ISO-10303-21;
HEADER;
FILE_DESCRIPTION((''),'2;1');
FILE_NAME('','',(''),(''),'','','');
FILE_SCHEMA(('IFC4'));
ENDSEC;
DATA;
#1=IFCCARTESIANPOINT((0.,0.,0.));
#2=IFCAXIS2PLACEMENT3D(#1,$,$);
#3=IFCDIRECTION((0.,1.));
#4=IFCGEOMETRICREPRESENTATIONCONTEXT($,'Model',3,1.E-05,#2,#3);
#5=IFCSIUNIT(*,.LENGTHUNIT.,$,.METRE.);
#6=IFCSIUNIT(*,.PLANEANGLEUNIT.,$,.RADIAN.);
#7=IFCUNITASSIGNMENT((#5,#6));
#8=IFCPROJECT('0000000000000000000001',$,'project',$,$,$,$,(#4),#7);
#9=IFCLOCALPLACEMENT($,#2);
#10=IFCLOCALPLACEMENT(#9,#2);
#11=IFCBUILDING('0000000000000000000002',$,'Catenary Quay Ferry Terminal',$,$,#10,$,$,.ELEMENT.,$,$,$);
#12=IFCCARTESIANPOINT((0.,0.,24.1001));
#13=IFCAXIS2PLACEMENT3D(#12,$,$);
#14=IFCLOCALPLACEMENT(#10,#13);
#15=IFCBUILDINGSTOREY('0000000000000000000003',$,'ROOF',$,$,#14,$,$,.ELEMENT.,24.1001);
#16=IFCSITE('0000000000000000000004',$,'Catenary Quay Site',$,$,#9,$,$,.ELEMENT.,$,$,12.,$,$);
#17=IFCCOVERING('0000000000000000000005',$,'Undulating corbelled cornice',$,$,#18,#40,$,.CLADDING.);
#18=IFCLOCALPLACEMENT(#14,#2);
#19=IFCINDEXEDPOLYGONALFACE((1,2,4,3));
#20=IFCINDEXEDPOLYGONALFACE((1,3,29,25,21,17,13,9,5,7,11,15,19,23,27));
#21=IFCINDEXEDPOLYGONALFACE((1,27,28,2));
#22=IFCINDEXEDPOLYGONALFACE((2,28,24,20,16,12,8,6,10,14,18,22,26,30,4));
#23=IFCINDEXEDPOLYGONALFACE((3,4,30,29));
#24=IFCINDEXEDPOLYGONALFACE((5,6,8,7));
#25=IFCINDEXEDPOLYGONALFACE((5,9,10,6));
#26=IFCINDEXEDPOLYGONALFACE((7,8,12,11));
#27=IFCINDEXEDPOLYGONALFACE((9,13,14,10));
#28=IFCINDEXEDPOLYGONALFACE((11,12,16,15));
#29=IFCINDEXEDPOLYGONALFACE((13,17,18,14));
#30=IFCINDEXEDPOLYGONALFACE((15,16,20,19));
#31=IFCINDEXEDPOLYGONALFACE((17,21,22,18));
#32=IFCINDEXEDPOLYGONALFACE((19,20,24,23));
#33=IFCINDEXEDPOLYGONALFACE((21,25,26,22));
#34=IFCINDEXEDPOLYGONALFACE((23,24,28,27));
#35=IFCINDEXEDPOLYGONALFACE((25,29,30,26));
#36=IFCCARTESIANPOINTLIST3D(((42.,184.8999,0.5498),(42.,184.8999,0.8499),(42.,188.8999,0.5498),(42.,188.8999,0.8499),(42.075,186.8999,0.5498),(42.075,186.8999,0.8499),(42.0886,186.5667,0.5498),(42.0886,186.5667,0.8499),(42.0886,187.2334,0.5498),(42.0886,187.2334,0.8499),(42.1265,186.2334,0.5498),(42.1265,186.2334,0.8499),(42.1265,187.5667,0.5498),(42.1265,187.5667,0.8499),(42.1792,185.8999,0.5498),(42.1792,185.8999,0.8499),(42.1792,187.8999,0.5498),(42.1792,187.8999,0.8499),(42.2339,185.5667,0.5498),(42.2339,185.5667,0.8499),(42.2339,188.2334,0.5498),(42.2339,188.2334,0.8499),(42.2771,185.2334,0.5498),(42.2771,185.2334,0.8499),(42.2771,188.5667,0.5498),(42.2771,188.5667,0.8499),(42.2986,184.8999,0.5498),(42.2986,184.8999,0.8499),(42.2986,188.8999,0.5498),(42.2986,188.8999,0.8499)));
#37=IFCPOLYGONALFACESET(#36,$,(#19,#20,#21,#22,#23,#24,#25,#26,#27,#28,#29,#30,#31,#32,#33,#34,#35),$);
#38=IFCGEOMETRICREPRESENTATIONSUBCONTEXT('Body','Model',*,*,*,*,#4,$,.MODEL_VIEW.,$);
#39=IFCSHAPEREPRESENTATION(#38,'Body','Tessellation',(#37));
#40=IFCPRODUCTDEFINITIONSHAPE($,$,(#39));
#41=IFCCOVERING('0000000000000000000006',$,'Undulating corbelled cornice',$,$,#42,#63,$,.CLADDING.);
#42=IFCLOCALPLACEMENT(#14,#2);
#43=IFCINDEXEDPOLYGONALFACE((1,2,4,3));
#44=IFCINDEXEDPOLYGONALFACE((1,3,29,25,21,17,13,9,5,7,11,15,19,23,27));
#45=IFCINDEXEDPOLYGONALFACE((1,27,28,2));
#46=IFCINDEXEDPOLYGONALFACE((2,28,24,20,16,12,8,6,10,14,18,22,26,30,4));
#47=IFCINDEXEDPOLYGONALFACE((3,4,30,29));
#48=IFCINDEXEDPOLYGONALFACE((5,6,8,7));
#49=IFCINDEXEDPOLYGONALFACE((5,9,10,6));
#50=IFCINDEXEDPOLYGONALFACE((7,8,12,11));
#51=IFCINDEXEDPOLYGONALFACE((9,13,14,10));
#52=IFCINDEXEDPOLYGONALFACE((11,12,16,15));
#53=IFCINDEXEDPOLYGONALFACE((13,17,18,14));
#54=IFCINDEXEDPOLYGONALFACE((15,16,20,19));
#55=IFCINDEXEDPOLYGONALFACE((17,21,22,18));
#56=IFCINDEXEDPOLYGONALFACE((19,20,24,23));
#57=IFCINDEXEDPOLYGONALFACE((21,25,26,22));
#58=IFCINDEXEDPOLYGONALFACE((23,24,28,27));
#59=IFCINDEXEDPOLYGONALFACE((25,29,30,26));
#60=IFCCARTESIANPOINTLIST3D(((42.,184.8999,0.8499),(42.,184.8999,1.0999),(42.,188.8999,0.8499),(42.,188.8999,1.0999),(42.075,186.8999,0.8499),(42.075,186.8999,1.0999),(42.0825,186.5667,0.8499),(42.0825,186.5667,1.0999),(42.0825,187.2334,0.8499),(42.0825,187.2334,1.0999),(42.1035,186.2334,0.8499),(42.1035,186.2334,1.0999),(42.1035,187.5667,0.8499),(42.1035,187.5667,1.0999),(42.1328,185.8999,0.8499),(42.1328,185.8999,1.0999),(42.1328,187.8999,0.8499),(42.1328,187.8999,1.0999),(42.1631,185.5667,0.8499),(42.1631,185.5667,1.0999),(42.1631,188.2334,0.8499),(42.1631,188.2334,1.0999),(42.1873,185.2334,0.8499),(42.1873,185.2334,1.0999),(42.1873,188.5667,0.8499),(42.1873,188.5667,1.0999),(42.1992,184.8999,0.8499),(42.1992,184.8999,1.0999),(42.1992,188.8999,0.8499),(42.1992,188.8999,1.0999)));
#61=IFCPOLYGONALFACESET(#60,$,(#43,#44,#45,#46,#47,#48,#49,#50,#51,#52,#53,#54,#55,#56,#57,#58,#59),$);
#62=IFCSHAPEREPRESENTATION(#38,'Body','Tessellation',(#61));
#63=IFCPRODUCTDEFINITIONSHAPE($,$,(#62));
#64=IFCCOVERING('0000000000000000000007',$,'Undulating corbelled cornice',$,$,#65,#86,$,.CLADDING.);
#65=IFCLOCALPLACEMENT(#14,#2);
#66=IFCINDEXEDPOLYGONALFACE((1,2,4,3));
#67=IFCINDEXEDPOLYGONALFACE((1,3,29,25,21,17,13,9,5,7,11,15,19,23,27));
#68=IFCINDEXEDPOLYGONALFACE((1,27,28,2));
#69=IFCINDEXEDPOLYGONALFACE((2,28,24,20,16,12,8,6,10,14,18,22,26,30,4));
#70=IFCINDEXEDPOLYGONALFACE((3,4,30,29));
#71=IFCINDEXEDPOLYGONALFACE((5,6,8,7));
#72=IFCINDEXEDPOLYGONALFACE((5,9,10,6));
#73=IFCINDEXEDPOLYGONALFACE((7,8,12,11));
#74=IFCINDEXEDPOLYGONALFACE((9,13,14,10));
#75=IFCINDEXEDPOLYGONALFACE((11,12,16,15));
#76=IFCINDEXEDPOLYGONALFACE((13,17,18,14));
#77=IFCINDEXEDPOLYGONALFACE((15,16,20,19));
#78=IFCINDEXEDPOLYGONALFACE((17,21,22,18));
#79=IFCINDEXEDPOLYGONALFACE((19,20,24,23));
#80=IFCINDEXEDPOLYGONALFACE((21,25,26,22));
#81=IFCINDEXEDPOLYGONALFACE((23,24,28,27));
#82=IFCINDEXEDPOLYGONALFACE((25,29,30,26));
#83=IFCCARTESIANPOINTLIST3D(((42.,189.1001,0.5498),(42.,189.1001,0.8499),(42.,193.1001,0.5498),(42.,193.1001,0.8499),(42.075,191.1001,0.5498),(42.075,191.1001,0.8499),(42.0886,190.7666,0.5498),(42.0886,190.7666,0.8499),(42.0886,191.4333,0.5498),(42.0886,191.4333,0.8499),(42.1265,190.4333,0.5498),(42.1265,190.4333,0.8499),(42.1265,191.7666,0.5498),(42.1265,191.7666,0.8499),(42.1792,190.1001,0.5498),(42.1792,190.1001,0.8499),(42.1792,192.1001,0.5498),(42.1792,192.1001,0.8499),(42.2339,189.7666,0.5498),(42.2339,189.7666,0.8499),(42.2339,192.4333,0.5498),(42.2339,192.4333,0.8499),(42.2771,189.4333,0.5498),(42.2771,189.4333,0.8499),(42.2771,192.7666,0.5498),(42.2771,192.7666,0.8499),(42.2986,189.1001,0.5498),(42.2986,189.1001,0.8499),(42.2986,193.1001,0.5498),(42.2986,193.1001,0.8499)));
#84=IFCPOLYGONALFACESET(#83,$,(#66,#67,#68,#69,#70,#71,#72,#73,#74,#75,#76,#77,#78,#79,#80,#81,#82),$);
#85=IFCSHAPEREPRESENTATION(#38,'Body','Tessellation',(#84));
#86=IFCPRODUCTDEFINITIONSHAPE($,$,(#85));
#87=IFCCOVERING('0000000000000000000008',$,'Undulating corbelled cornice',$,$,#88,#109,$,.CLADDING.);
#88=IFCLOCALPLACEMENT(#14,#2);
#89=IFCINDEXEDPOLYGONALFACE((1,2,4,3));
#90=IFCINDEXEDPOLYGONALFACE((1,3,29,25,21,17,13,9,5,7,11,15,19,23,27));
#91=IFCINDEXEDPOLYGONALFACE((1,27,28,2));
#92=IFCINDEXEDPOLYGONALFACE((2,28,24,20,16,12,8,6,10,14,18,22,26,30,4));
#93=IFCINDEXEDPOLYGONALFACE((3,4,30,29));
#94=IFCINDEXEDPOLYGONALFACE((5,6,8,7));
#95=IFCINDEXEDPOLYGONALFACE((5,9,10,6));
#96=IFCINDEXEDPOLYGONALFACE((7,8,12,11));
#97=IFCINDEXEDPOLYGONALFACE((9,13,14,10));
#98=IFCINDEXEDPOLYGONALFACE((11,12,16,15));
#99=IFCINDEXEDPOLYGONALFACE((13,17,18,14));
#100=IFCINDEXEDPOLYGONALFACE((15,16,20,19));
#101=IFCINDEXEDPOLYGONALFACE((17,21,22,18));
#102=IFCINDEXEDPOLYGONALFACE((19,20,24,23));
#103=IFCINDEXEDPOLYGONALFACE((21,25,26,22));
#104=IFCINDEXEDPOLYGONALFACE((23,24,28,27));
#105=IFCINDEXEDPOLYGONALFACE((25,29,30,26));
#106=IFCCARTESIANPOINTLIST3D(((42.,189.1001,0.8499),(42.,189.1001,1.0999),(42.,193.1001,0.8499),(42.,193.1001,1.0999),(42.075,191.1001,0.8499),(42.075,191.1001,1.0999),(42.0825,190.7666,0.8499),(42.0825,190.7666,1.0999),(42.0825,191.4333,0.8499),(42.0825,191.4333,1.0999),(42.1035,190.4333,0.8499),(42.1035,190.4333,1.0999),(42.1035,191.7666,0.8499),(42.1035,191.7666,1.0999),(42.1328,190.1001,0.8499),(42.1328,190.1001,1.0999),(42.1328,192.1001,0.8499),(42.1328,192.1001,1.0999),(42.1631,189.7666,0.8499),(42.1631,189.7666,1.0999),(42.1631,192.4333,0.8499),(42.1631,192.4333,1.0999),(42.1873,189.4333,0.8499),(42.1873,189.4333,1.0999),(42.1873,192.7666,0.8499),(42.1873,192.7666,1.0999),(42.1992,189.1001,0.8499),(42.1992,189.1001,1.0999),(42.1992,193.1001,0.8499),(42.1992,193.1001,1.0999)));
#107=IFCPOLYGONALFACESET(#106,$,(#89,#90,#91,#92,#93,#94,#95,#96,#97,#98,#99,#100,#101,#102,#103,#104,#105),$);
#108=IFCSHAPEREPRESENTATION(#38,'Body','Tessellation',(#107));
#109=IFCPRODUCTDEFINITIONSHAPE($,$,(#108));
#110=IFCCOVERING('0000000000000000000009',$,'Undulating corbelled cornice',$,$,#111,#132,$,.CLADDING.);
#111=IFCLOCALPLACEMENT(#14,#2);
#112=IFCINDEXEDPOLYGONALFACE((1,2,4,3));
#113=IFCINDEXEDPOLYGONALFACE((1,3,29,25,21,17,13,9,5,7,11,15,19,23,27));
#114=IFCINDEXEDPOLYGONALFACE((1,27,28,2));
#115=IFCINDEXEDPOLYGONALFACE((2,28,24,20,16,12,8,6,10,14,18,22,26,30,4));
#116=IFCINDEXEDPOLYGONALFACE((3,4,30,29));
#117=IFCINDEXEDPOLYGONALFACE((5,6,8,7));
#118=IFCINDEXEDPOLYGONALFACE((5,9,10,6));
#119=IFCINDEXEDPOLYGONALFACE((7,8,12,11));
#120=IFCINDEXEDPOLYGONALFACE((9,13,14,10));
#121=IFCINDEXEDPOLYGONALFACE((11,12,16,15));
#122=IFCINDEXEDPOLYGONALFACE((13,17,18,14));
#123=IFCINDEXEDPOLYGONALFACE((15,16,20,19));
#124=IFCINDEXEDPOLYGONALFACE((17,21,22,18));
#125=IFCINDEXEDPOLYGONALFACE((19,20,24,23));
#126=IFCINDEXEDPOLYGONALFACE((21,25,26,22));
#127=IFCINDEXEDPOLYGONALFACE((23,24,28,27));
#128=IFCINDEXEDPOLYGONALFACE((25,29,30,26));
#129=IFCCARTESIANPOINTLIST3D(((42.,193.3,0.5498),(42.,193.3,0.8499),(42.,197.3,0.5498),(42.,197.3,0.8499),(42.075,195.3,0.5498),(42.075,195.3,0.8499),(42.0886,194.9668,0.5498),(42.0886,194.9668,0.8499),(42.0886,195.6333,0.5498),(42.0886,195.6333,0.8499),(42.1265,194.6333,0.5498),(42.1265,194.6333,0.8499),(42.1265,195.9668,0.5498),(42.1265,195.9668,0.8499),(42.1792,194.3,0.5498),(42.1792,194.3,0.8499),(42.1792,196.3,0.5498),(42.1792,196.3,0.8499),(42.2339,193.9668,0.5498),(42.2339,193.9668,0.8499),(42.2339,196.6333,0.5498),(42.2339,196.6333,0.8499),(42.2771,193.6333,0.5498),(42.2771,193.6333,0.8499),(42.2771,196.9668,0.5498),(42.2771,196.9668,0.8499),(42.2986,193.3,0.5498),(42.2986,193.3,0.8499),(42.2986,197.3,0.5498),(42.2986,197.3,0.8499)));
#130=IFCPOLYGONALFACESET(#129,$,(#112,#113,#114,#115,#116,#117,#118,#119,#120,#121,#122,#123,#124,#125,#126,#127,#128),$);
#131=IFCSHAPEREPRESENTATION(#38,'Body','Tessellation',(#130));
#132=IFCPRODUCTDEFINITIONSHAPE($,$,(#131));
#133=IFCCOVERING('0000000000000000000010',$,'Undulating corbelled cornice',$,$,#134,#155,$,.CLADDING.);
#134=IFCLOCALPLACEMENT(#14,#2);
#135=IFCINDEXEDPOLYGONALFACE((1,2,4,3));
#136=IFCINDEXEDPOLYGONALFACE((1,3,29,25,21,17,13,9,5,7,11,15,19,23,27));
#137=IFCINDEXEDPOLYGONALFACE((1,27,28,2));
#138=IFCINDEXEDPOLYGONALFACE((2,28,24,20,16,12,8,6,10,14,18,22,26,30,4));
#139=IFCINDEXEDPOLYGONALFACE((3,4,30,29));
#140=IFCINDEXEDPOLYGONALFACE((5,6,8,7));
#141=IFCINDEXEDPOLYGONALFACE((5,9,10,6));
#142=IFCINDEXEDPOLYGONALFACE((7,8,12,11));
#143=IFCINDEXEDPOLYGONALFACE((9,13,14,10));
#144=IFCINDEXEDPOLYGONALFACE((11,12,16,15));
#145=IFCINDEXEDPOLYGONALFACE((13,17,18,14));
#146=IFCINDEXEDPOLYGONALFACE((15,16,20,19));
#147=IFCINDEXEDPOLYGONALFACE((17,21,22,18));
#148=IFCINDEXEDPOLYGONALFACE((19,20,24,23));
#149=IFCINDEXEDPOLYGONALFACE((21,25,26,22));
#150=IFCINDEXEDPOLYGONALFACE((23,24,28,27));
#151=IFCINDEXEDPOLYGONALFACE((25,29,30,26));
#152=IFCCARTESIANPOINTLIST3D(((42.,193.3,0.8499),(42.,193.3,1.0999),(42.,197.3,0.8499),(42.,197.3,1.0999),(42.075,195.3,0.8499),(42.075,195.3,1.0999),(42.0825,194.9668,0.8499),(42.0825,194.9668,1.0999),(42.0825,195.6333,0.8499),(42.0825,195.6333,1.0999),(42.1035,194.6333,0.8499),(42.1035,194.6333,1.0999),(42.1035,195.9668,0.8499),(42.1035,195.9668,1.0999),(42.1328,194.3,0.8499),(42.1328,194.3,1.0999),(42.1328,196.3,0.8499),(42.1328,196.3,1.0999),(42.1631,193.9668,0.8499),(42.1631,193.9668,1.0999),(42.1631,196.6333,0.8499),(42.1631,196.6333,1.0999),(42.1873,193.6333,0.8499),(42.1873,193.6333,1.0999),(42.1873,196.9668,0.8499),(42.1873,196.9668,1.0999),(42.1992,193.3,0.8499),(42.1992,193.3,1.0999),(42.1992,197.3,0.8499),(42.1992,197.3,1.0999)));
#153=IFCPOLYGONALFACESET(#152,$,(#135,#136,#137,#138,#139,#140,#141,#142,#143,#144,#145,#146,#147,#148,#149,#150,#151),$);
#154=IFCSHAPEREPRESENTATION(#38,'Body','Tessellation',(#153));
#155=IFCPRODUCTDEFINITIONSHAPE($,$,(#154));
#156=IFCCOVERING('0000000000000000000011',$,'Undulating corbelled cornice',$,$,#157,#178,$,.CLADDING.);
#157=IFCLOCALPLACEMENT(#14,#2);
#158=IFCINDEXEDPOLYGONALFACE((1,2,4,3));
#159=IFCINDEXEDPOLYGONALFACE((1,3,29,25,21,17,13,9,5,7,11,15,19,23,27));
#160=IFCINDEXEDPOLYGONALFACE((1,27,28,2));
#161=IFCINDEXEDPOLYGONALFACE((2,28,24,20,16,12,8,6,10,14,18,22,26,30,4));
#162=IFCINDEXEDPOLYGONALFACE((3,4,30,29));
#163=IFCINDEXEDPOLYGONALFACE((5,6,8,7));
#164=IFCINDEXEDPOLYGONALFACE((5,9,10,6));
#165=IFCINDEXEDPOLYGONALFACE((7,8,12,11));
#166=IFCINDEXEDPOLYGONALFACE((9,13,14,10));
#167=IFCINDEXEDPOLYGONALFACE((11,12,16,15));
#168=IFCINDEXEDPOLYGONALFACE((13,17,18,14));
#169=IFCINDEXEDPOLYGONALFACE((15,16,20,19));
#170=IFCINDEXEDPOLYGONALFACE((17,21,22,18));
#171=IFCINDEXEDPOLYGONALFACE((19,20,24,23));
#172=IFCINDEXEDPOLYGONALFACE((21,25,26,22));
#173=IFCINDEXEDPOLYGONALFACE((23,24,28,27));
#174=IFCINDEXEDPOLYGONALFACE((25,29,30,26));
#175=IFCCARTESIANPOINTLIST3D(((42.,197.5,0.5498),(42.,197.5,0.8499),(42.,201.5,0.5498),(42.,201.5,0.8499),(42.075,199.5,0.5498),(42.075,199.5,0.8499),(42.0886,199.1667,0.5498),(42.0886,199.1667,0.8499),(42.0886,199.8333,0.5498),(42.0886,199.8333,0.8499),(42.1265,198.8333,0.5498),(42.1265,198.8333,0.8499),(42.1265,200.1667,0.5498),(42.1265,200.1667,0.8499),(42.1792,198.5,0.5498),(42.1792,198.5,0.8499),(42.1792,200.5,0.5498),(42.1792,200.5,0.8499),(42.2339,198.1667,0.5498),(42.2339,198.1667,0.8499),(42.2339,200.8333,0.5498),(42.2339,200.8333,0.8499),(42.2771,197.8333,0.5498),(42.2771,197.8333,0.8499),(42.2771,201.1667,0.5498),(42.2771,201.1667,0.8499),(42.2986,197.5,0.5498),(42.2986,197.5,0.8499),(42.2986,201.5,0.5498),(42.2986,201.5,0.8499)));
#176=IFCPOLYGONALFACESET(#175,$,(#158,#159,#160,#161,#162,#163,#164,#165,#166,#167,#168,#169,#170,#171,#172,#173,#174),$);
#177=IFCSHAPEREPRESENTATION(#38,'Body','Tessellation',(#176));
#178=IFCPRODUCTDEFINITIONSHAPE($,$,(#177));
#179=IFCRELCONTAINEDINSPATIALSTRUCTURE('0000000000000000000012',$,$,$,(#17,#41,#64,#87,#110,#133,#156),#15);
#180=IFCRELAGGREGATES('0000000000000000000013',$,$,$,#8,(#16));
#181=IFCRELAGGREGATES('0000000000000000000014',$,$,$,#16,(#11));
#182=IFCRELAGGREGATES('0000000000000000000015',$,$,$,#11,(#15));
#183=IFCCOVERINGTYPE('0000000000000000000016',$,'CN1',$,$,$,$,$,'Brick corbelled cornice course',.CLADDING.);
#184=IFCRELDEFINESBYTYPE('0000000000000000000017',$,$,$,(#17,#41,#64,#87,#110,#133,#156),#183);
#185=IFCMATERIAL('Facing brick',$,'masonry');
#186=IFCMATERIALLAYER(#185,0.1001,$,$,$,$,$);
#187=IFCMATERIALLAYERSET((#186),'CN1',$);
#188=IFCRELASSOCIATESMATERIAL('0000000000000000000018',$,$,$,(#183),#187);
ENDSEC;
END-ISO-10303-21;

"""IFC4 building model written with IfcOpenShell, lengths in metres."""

from ifc_helpers import new_model, si_unit, direction, frame, origin, place, context, subcontext, project, spatial, polyline, outline, extrude, material, layer, layer_set, type_object, element, save


model = new_model("IFC4")

# Units and contexts
model_context = context("Model", 3, precision=1e-05, world=origin(), true_north=direction((0.0, 1.0)))
body_context = subcontext(model_context, "Body", "Model", "MODEL_VIEW")
ifc_project = project(units=[si_unit("LENGTHUNIT", "METRE"), si_unit("PLANEANGLEUNIT", "RADIAN")], contexts=[model_context])

# Site, building, storey
site_placement = place(None, origin())
site = spatial("IfcSite", under=ifc_project, at=site_placement, Name="Catenary Quay Site", CompositionType="ELEMENT", RefElevation=12.0)
building_placement = place(site_placement, origin())
building = spatial("IfcBuilding", under=site, at=building_placement, Name="Catenary Quay Ferry Terminal", CompositionType="ELEMENT")
storey_placement = place(building_placement, frame((0.0, 0.0, 24.1001)))
storey = spatial("IfcBuildingStorey", under=building, at=storey_placement, Name="ROOF", CompositionType="ELEMENT", Elevation=24.1001)

# Coverings
ifc_material = material(Name="Facing brick", Category="masonry")
ifc_layer = layer(ifc_material, 0.1001)
ifc_layer_set = layer_set([ifc_layer], Name="CN1")
covering_type = type_object("IfcCoveringType", Name="CN1", ElementType="Brick corbelled cornice course", PredefinedType="CLADDING", material=ifc_layer_set)
covering_1_placement = place(storey_placement, frame((0.0, 0.0, 0.5498)))
element("IfcCovering", 1, at=covering_1_placement, inside=storey, type_object=covering_type, Name="Undulating corbelled cornice", PredefinedType="CLADDING", context=body_context, shape_type="SweptSolid", body=[
    extrude(outline(polyline([(42.0, 184.8999), (42.2986, 184.8999), (42.2771, 185.2334), (42.2339, 185.5667), (42.1792, 185.8999), (42.1265, 186.2334), (42.0886, 186.5667), (42.075, 186.8999), (42.0886, 187.2334), (42.1265, 187.5667), (42.1792, 187.8999), (42.2339, 188.2334), (42.2771, 188.5667), (42.2986, 188.8999), (42.0, 188.8999), (42.0, 184.8999)])), origin(), (0.0, 0.0, 1.0), 0.3),
])
covering_2_placement = place(storey_placement, frame((0.0, 0.0, 0.8499)))
element("IfcCovering", 2, at=covering_2_placement, inside=storey, type_object=covering_type, Name="Undulating corbelled cornice", PredefinedType="CLADDING", context=body_context, shape_type="SweptSolid", body=[
    extrude(outline(polyline([(42.0, 184.8999), (42.1992, 184.8999), (42.1873, 185.2334), (42.1631, 185.5667), (42.1328, 185.8999), (42.1035, 186.2334), (42.0825, 186.5667), (42.075, 186.8999), (42.0825, 187.2334), (42.1035, 187.5667), (42.1328, 187.8999), (42.1631, 188.2334), (42.1873, 188.5667), (42.1992, 188.8999), (42.0, 188.8999), (42.0, 184.8999)])), origin(), (0.0, 0.0, 1.0), 0.25),
])
covering_3_placement = place(storey_placement, frame((0.0, 0.0, 0.5498)))
element("IfcCovering", 3, at=covering_3_placement, inside=storey, type_object=covering_type, Name="Undulating corbelled cornice", PredefinedType="CLADDING", context=body_context, shape_type="SweptSolid", body=[
    extrude(outline(polyline([(42.0, 189.1001), (42.2986, 189.1001), (42.2771, 189.4333), (42.2339, 189.7666), (42.1792, 190.1001), (42.1265, 190.4333), (42.0886, 190.7666), (42.075, 191.1001), (42.0886, 191.4333), (42.1265, 191.7666), (42.1792, 192.1001), (42.2339, 192.4333), (42.2771, 192.7666), (42.2986, 193.1001), (42.0, 193.1001), (42.0, 189.1001)])), origin(), (0.0, 0.0, 1.0), 0.3),
])
covering_4_placement = place(storey_placement, frame((0.0, 0.0, 0.8499)))
element("IfcCovering", 4, at=covering_4_placement, inside=storey, type_object=covering_type, Name="Undulating corbelled cornice", PredefinedType="CLADDING", context=body_context, shape_type="SweptSolid", body=[
    extrude(outline(polyline([(42.0, 189.1001), (42.1992, 189.1001), (42.1873, 189.4333), (42.1631, 189.7666), (42.1328, 190.1001), (42.1035, 190.4333), (42.0825, 190.7666), (42.075, 191.1001), (42.0825, 191.4333), (42.1035, 191.7666), (42.1328, 192.1001), (42.1631, 192.4333), (42.1873, 192.7666), (42.1992, 193.1001), (42.0, 193.1001), (42.0, 189.1001)])), origin(), (0.0, 0.0, 1.0), 0.25),
])
covering_5_placement = place(storey_placement, frame((0.0, 0.0, 0.5498)))
element("IfcCovering", 5, at=covering_5_placement, inside=storey, type_object=covering_type, Name="Undulating corbelled cornice", PredefinedType="CLADDING", context=body_context, shape_type="SweptSolid", body=[
    extrude(outline(polyline([(42.0, 193.3), (42.2986, 193.3), (42.2771, 193.6333), (42.2339, 193.9668), (42.1792, 194.3), (42.1265, 194.6333), (42.0886, 194.9668), (42.075, 195.3), (42.0886, 195.6333), (42.1265, 195.9668), (42.1792, 196.3), (42.2339, 196.6333), (42.2771, 196.9668), (42.2986, 197.3), (42.0, 197.3), (42.0, 193.3)])), origin(), (0.0, 0.0, 1.0), 0.3),
])
covering_6_placement = place(storey_placement, frame((0.0, 0.0, 0.8499)))
element("IfcCovering", 6, at=covering_6_placement, inside=storey, type_object=covering_type, Name="Undulating corbelled cornice", PredefinedType="CLADDING", context=body_context, shape_type="SweptSolid", body=[
    extrude(outline(polyline([(42.0, 193.3), (42.1992, 193.3), (42.1873, 193.6333), (42.1631, 193.9668), (42.1328, 194.3), (42.1035, 194.6333), (42.0825, 194.9668), (42.075, 195.3), (42.0825, 195.6333), (42.1035, 195.9668), (42.1328, 196.3), (42.1631, 196.6333), (42.1873, 196.9668), (42.1992, 197.3), (42.0, 197.3), (42.0, 193.3)])), origin(), (0.0, 0.0, 1.0), 0.25),
])
covering_7_placement = place(storey_placement, frame((0.0, 0.0, 0.5498)))
element("IfcCovering", 7, at=covering_7_placement, inside=storey, type_object=covering_type, Name="Undulating corbelled cornice", PredefinedType="CLADDING", context=body_context, shape_type="SweptSolid", body=[
    extrude(outline(polyline([(42.0, 197.5), (42.2986, 197.5), (42.2771, 197.8333), (42.2339, 198.1667), (42.1792, 198.5), (42.1265, 198.8333), (42.0886, 199.1667), (42.075, 199.5), (42.0886, 199.8333), (42.1265, 200.1667), (42.1792, 200.5), (42.2339, 200.8333), (42.2771, 201.1667), (42.2986, 201.5), (42.0, 201.5), (42.0, 197.5)])), origin(), (0.0, 0.0, 1.0), 0.3),
])

save(model, "model.ifc")
